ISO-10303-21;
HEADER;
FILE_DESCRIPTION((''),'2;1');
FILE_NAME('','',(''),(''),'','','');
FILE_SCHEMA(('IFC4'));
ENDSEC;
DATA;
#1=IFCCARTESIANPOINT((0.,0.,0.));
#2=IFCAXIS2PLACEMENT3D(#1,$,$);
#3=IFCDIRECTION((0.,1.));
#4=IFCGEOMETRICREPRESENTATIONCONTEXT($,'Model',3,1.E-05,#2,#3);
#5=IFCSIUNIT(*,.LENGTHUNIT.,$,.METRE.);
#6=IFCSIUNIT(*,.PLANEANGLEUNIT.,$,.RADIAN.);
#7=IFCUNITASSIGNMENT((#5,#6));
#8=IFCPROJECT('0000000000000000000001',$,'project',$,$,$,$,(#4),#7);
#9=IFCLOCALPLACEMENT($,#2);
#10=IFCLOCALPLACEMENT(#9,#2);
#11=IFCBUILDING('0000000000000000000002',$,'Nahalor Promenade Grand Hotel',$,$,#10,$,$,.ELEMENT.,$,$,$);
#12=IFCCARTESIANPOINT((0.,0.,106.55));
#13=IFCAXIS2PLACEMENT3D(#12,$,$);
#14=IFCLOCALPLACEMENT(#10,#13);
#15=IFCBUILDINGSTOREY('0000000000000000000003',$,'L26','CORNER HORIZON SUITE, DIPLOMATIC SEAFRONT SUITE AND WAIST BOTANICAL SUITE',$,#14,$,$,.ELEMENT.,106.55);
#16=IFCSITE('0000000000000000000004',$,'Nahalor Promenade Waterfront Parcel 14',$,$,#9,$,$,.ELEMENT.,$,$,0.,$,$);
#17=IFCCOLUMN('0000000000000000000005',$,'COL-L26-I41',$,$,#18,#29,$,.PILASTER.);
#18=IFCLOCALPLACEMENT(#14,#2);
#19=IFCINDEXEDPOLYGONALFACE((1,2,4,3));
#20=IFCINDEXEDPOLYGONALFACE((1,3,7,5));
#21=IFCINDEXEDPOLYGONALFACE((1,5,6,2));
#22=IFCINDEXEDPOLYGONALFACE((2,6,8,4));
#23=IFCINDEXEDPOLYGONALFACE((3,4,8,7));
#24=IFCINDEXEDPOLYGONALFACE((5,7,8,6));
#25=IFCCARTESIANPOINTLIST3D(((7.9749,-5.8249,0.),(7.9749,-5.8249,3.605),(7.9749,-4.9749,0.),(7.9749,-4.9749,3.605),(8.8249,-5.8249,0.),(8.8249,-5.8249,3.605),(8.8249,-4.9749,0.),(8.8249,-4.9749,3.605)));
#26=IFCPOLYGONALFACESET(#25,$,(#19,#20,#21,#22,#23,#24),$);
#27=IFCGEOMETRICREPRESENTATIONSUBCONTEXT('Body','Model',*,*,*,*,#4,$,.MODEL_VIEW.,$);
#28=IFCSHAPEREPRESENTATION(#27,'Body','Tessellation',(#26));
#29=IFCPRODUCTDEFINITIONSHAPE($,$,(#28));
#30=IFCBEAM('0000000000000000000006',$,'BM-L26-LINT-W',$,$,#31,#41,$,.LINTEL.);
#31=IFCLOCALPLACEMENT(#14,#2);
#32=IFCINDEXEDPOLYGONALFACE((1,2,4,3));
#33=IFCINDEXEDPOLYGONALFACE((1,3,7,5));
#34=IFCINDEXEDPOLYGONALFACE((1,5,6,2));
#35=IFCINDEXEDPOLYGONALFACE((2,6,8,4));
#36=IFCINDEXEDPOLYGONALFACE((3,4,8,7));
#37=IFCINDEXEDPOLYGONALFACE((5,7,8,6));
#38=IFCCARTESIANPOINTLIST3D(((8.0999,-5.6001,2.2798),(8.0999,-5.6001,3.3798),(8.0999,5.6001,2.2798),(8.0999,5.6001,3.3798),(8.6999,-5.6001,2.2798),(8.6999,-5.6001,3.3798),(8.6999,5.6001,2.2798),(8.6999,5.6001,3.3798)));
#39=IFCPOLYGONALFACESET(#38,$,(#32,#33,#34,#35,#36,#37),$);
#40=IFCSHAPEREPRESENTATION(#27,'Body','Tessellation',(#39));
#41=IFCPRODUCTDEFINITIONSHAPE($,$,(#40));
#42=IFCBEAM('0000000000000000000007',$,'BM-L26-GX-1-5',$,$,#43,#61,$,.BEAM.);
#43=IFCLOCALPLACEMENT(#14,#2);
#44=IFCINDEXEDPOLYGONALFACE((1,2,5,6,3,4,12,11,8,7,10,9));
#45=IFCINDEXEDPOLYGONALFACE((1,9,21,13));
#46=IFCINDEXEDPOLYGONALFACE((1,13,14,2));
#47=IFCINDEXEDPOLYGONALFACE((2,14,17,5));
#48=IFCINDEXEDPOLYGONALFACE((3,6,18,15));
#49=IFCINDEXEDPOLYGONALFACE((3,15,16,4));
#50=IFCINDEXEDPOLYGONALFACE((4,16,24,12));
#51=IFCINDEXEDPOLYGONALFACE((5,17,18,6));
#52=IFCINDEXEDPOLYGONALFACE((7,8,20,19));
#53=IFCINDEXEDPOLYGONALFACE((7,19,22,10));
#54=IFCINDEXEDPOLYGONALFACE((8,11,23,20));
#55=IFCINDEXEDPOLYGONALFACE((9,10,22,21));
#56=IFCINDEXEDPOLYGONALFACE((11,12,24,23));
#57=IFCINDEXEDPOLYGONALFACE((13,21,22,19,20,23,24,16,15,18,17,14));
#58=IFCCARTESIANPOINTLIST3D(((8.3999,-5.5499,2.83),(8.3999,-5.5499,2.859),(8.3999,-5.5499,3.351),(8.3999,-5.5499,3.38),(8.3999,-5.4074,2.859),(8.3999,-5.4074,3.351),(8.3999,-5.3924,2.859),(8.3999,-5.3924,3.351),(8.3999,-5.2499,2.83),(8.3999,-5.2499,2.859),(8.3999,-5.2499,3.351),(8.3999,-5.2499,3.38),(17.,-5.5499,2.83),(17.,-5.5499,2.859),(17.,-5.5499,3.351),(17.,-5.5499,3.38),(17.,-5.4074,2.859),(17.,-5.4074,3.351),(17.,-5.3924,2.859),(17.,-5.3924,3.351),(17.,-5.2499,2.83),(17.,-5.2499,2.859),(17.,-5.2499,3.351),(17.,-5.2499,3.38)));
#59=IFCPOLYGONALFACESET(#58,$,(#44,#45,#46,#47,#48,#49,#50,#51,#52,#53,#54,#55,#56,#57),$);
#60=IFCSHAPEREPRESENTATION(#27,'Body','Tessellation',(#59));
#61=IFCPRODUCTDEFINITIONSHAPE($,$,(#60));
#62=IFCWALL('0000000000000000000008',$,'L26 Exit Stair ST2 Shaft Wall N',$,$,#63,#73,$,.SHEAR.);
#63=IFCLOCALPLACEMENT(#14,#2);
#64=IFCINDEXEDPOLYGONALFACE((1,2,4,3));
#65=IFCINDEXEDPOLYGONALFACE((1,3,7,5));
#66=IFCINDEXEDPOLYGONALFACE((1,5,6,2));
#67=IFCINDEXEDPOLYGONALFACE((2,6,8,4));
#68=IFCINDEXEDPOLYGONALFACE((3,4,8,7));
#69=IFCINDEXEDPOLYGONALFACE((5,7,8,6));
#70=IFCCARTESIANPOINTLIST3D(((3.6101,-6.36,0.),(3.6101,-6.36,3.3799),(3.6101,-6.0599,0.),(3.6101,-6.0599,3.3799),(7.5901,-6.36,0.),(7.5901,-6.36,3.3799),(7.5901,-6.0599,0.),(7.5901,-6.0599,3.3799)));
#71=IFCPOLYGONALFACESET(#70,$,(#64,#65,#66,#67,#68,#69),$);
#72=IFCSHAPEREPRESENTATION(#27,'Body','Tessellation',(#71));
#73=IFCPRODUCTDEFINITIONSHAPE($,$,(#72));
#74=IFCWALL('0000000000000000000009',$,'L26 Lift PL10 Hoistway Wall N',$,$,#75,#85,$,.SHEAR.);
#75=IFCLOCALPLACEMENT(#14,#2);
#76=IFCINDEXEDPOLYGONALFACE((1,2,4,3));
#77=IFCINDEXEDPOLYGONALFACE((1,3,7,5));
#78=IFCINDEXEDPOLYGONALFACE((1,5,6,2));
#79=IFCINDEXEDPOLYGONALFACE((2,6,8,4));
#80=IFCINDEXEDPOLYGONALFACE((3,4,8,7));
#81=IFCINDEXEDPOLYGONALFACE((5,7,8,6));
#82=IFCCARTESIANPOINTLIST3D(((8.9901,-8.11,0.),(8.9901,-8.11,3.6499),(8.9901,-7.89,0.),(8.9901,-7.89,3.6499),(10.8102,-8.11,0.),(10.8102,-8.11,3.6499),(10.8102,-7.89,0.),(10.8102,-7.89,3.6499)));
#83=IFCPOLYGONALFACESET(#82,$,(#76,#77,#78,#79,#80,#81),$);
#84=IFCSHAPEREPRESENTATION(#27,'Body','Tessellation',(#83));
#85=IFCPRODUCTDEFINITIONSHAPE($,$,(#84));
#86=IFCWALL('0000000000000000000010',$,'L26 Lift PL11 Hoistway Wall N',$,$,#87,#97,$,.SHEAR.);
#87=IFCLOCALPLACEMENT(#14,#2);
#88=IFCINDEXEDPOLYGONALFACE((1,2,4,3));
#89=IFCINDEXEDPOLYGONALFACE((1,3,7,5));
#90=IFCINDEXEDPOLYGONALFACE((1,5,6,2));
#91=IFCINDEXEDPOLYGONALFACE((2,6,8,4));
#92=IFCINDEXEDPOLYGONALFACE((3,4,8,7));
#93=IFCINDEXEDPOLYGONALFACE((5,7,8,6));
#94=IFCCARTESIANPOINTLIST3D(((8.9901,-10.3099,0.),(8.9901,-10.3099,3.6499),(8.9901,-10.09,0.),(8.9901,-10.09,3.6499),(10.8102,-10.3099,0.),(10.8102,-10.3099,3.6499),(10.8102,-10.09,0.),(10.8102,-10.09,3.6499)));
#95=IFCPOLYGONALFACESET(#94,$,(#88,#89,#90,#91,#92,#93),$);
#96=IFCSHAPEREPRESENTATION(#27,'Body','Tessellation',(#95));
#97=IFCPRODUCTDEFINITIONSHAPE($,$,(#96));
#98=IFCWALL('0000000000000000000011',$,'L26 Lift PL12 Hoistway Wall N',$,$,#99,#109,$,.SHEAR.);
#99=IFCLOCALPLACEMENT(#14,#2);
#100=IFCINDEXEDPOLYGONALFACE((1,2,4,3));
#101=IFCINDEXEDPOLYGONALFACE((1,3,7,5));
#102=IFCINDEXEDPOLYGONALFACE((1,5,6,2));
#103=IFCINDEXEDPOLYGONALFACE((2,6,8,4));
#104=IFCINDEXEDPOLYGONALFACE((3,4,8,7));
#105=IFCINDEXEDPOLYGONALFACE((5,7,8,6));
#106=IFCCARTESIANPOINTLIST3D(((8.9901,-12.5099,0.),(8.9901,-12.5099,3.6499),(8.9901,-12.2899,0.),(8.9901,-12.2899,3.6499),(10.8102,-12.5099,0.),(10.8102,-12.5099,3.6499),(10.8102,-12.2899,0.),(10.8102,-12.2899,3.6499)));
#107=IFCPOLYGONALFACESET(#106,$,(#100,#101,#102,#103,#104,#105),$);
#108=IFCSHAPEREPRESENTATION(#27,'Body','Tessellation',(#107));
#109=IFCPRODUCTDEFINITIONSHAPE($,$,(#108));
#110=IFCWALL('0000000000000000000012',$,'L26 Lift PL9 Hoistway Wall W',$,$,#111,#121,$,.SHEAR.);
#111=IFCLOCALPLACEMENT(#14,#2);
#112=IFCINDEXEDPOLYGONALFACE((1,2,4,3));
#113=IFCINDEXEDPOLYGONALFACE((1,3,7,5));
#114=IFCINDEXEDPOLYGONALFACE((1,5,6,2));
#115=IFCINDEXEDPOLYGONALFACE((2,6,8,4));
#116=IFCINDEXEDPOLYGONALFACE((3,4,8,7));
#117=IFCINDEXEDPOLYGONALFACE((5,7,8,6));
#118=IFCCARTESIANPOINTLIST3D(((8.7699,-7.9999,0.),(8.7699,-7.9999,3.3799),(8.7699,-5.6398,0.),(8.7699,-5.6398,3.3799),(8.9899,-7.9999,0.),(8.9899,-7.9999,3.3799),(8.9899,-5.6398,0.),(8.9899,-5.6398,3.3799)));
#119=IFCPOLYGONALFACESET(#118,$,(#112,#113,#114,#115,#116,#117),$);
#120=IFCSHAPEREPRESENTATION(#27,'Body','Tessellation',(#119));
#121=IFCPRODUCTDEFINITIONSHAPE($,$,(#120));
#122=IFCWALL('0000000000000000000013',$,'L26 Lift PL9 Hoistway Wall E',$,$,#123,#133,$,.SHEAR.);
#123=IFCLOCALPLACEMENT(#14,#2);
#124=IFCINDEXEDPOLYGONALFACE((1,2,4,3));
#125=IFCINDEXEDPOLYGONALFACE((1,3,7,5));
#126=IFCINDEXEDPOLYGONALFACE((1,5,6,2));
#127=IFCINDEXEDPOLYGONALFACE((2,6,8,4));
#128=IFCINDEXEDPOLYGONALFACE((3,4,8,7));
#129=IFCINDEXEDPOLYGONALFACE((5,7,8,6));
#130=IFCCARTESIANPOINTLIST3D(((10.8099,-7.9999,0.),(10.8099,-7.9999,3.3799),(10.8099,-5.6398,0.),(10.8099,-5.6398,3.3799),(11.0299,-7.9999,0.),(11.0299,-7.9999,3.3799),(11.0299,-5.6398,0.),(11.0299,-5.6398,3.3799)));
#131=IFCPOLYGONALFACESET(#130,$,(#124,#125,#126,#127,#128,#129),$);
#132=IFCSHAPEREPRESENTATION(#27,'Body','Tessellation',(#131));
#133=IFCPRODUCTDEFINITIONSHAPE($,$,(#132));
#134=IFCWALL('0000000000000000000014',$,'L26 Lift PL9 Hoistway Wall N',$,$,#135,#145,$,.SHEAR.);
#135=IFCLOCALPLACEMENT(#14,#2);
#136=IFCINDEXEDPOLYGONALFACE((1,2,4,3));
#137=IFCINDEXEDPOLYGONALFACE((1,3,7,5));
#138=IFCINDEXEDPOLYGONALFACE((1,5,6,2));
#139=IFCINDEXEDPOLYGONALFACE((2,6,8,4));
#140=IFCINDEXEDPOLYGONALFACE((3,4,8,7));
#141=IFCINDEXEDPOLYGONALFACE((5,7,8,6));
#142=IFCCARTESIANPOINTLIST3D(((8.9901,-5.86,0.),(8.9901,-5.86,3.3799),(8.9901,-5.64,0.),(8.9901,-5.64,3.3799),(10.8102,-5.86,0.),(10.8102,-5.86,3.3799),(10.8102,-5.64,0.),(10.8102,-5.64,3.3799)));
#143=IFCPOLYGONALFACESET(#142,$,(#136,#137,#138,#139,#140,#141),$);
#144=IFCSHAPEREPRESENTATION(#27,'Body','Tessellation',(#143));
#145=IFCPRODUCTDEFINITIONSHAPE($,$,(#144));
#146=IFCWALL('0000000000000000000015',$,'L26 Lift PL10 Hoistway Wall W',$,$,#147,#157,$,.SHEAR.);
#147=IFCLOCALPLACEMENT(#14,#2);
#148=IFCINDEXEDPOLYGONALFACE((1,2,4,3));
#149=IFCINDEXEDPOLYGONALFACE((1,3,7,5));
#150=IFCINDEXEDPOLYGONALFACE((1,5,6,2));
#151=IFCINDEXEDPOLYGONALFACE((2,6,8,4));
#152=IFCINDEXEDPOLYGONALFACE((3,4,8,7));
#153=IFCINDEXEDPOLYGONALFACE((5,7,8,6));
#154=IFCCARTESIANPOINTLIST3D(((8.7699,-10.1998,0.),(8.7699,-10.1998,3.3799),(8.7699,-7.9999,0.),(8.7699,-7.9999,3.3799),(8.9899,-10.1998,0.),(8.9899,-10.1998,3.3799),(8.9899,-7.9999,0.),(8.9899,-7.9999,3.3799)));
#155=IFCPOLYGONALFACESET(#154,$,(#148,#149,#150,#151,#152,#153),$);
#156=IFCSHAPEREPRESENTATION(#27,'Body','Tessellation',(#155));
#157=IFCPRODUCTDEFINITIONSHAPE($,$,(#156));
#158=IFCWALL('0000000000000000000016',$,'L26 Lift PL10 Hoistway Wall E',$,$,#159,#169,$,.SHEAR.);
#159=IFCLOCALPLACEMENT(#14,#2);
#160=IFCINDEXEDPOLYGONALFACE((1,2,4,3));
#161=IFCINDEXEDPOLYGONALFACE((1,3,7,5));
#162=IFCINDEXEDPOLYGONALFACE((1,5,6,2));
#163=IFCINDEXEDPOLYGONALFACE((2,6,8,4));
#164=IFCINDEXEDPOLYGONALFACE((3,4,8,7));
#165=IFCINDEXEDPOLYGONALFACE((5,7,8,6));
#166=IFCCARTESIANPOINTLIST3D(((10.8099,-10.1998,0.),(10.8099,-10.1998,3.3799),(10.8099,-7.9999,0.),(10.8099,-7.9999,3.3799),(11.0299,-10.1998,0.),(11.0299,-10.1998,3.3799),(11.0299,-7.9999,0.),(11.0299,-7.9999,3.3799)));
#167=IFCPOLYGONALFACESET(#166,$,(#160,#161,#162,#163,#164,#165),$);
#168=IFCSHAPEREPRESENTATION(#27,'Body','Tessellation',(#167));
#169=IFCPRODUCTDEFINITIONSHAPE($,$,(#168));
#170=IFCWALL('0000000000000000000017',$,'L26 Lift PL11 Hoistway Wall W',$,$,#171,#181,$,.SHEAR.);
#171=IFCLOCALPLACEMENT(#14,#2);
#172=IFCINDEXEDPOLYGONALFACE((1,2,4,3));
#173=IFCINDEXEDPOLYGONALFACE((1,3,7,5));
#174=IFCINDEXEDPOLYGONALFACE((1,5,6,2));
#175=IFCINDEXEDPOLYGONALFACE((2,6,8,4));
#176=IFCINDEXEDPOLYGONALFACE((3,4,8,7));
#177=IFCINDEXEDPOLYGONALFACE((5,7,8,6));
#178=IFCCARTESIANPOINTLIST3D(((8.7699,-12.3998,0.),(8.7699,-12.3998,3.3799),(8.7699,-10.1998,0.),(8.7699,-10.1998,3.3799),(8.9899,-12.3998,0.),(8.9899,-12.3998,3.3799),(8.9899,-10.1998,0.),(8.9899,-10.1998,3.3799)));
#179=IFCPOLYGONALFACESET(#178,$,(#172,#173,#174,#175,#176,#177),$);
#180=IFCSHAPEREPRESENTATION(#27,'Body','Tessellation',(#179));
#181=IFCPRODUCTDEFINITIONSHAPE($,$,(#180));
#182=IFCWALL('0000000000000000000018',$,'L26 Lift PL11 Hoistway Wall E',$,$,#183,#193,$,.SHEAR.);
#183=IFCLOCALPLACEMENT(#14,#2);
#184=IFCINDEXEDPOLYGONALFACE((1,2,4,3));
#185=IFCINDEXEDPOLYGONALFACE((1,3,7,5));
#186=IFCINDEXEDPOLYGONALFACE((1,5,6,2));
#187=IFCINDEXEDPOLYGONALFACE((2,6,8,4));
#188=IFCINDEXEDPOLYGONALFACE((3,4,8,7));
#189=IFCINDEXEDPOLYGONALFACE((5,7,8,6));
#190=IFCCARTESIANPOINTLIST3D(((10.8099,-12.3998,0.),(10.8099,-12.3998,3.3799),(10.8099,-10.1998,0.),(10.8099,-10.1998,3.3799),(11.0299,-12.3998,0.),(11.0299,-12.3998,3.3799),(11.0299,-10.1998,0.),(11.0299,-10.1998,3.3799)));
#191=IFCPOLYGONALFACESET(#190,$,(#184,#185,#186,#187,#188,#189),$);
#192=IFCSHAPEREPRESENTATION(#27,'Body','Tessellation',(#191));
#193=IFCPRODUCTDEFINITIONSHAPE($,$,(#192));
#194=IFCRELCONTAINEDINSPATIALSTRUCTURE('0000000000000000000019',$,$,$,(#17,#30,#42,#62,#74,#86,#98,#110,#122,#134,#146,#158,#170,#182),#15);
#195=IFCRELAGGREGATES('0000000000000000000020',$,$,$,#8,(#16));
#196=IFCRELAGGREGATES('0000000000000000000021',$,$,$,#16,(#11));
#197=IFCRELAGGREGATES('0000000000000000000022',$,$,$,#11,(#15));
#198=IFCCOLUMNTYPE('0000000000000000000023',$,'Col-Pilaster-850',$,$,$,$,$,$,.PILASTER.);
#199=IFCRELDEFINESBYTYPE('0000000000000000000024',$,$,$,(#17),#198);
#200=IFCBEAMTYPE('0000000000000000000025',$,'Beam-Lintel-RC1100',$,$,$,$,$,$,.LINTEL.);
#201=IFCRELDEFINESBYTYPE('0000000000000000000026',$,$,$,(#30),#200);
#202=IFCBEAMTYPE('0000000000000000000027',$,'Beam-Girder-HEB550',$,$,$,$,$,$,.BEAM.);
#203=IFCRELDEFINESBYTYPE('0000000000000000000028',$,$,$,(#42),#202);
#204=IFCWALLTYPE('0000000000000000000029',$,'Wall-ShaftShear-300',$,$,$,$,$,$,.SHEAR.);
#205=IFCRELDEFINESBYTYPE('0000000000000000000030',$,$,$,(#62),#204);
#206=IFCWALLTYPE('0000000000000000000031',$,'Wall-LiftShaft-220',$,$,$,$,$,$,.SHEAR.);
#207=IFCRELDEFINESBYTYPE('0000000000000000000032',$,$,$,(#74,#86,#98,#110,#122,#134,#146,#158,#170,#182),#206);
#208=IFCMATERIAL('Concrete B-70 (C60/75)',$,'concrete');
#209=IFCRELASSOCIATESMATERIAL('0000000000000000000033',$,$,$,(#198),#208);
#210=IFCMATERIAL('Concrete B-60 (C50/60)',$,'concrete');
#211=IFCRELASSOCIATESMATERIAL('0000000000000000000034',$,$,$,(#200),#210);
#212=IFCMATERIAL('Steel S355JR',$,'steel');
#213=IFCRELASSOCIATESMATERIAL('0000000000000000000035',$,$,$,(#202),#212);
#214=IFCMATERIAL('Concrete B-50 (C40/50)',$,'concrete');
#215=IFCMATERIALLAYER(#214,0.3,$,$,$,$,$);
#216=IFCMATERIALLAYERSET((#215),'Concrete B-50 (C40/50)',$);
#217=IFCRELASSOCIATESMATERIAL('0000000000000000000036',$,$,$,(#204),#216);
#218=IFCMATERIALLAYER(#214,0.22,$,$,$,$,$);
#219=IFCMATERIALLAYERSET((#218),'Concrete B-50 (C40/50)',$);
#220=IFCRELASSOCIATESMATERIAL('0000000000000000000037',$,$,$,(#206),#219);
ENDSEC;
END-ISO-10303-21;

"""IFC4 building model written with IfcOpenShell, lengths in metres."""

from ifc_helpers import new_model, si_unit, direction, frame, frame_2d, origin, origin_2d, place, context, subcontext, project, spatial, rectangle, i_section, extrude, source, transform, mapped, material, layer, layer_set, material_profile, profile_set, type_object, element, save


model = new_model("IFC4")

# Units and contexts
model_context = context("Model", 3, precision=1e-05, world=origin(), true_north=direction((0.0, 1.0)))
body_context = subcontext(model_context, "Body", "Model", "MODEL_VIEW")
ifc_project = project(units=[si_unit("LENGTHUNIT", "METRE"), si_unit("PLANEANGLEUNIT", "RADIAN")], contexts=[model_context])

# Site, building, storey
site_placement = place(None, origin())
site = spatial("IfcSite", under=ifc_project, at=site_placement, Name="Nahalor Promenade Waterfront Parcel 14", CompositionType="ELEMENT", RefElevation=0.0)
building_placement = place(site_placement, origin())
building = spatial("IfcBuilding", under=site, at=building_placement, Name="Nahalor Promenade Grand Hotel", CompositionType="ELEMENT")
storey_placement = place(building_placement, frame((0.0, 0.0, 106.55)))
storey = spatial("IfcBuildingStorey", under=building, at=storey_placement, Name="L26", Description="CORNER HORIZON SUITE, DIPLOMATIC SEAFRONT SUITE AND WAIST BOTANICAL SUITE", CompositionType="ELEMENT", Elevation=106.55)

# Column
ifc_material_1 = material(Name="Concrete B-70 (C60/75)", Category="concrete")
ifc_material_profile_1 = material_profile(ifc_material_1, rectangle(XDim=0.85, YDim=0.85, at=origin_2d()), Name="RC 850x850")
ifc_profile_set_1 = profile_set([ifc_material_profile_1], Name="Concrete B-70 (C60/75)")
column_type = type_object("IfcColumnType", Name="Col-Pilaster-850", PredefinedType="PILASTER", material=ifc_profile_set_1)
shared_shape_1 = source(origin(), body_context, "Body", "SweptSolid", [
    extrude(rectangle(XDim=0.85, YDim=0.85, at=origin_2d()), origin(), (0.0, 0.0, 1.0), 3.605),
])
column_placement = place(storey_placement, frame((8.3999, -5.3999, 0.0), z_axis=(0.0, 0.0, 1.0), x_axis=(1.0, 0.0, 0.0)))
element("IfcColumn", 1, at=column_placement, inside=storey, type_object=column_type, Name="COL-L26-I41", PredefinedType="PILASTER", context=body_context, shape_type="MappedRepresentation", body=[
    mapped(shared_shape_1, transform((0.0, 0.0, 0.0), scale=1.0)),
])

# Beams
ifc_material_2 = material(Name="Concrete B-60 (C50/60)", Category="concrete")
ifc_material_profile_2 = material_profile(ifc_material_2, rectangle(XDim=0.6, YDim=1.1, at=origin_2d()), Name="RC 600x1100")
ifc_profile_set_2 = profile_set([ifc_material_profile_2], Name="Concrete B-60 (C50/60)")
beam_type_1 = type_object("IfcBeamType", Name="Beam-Lintel-RC1100", PredefinedType="LINTEL", material=ifc_profile_set_2)
shared_shape_2 = source(origin(), body_context, "Body", "SweptSolid", [
    extrude(rectangle(XDim=0.6, YDim=1.1, at=origin_2d()), origin(), (0.0, 0.0, 1.0), 11.2002),
])
beam_1_placement = place(storey_placement, frame((8.3999, -5.6001, 2.8298), z_axis=(0.0, 1.0, 0.0), x_axis=(-1.0, 0.0, 0.0)))
element("IfcBeam", 2, at=beam_1_placement, inside=storey, type_object=beam_type_1, Name="BM-L26-LINT-W", PredefinedType="LINTEL", context=body_context, shape_type="MappedRepresentation", body=[
    mapped(shared_shape_2, transform((0.0, 0.0, 0.0), scale=1.0)),
])
ifc_material_3 = material(Name="Steel S355JR", Category="steel")
ifc_material_profile_3 = material_profile(ifc_material_3, i_section(OverallWidth=0.3, OverallDepth=0.55, WebThickness=0.015, FlangeThickness=0.029, at=origin_2d()), Name="HEB 550")
ifc_profile_set_3 = profile_set([ifc_material_profile_3], Name="Steel S355JR")
beam_type_2 = type_object("IfcBeamType", Name="Beam-Girder-HEB550", PredefinedType="BEAM", material=ifc_profile_set_3)
shared_shape_3 = source(origin(), body_context, "Body", "SweptSolid", [
    extrude(i_section(OverallWidth=0.3, OverallDepth=0.55, WebThickness=0.015, FlangeThickness=0.029, at=origin_2d()), origin(), (0.0, 0.0, 1.0), 8.6001),
])
beam_2_placement = place(storey_placement, frame((8.3999, -5.3999, 3.105), z_axis=(1.0, 0.0, 0.0), x_axis=(0.0, 1.0, 0.0)))
element("IfcBeam", 3, at=beam_2_placement, inside=storey, type_object=beam_type_2, Name="BM-L26-GX-1-5", PredefinedType="BEAM", context=body_context, shape_type="MappedRepresentation", body=[
    mapped(shared_shape_3, transform((0.0, 0.0, 0.0), scale=1.0)),
])

# Walls
ifc_material_4 = material(Name="Concrete B-50 (C40/50)", Category="concrete")
ifc_layer_1 = layer(ifc_material_4, 0.3)
ifc_layer_set_1 = layer_set([ifc_layer_1], Name="Concrete B-50 (C40/50)")
wall_type_1 = type_object("IfcWallType", Name="Wall-ShaftShear-300", PredefinedType="SHEAR", material=ifc_layer_set_1)
shared_shape_4 = source(origin(), body_context, "Body", "SweptSolid", [
    extrude(rectangle(XDim=3.98, YDim=0.3, at=frame_2d((1.99, 0.0))), origin(), (0.0, 0.0, 1.0), 3.3799),
])
wall_1_placement = place(storey_placement, frame((3.6101, -6.21, 0.0), z_axis=(0.0, 0.0, 1.0), x_axis=(1.0, 0.0, 0.0)))
element("IfcWall", 4, at=wall_1_placement, inside=storey, type_object=wall_type_1, Name="L26 Exit Stair ST2 Shaft Wall N", PredefinedType="SHEAR", context=body_context, shape_type="MappedRepresentation", body=[
    mapped(shared_shape_4, transform((0.0, 0.0, 0.0), scale=1.0)),
])
ifc_layer_2 = layer(ifc_material_4, 0.22)
ifc_layer_set_2 = layer_set([ifc_layer_2], Name="Concrete B-50 (C40/50)")
wall_type_2 = type_object("IfcWallType", Name="Wall-LiftShaft-220", PredefinedType="SHEAR", material=ifc_layer_set_2)
shared_shape_5 = source(origin(), body_context, "Body", "SweptSolid", [
    extrude(rectangle(XDim=1.8201, YDim=0.22, at=frame_2d((0.9102, 0.0))), origin(), (0.0, 0.0, 1.0), 3.6499),
])
for number, where, z_axis, x_axis, name in (
    (5, (8.99, -8.0, 0.0), (0.0, 0.0, 1.0), (1.0, 0.0, 0.0), "L26 Lift PL10 Hoistway Wall N"),
    (6, (8.99, -10.2, 0.0), (0.0, 0.0, 1.0), (1.0, 0.0, 0.0), "L26 Lift PL11 Hoistway Wall N"),
    (7, (8.99, -12.3999, 0.0), (0.0, 0.0, 1.0), (1.0, 0.0, 0.0), "L26 Lift PL12 Hoistway Wall N"),
):
    element("IfcWall", number, at=place(storey_placement, frame(where, z_axis=z_axis, x_axis=x_axis)), inside=storey, type_object=wall_type_2, Name=name, PredefinedType="SHEAR", context=body_context, shape_type="MappedRepresentation", body=[
        mapped(shared_shape_5, transform((0.0, 0.0, 0.0), scale=1.0)),
    ])
shared_shape_6 = source(origin(), body_context, "Body", "SweptSolid", [
    extrude(rectangle(XDim=2.3601, YDim=0.22, at=frame_2d((1.1802, 0.0))), origin(), (0.0, 0.0, 1.0), 3.3799),
])
for number, where, z_axis, x_axis, name in (
    (8, (8.8799, -8.0, 0.0), (0.0, 0.0, 1.0), (0.0, 1.0, 0.0), "L26 Lift PL9 Hoistway Wall W"),
    (9, (10.9199, -8.0, 0.0), (0.0, 0.0, 1.0), (0.0, 1.0, 0.0), "L26 Lift PL9 Hoistway Wall E"),
):
    element("IfcWall", number, at=place(storey_placement, frame(where, z_axis=z_axis, x_axis=x_axis)), inside=storey, type_object=wall_type_2, Name=name, PredefinedType="SHEAR", context=body_context, shape_type="MappedRepresentation", body=[
        mapped(shared_shape_6, transform((0.0, 0.0, 0.0), scale=1.0)),
    ])
shared_shape_7 = source(origin(), body_context, "Body", "SweptSolid", [
    extrude(rectangle(XDim=1.8201, YDim=0.22, at=frame_2d((0.9102, 0.0))), origin(), (0.0, 0.0, 1.0), 3.3799),
])
wall_2_placement = place(storey_placement, frame((8.99, -5.75, 0.0), z_axis=(0.0, 0.0, 1.0), x_axis=(1.0, 0.0, 0.0)))
element("IfcWall", 10, at=wall_2_placement, inside=storey, type_object=wall_type_2, Name="L26 Lift PL9 Hoistway Wall N", PredefinedType="SHEAR", context=body_context, shape_type="MappedRepresentation", body=[
    mapped(shared_shape_7, transform((0.0, 0.0, 0.0), scale=1.0)),
])
shared_shape_8 = source(origin(), body_context, "Body", "SweptSolid", [
    extrude(rectangle(XDim=2.2, YDim=0.22, at=frame_2d((1.1001, 0.0))), origin(), (0.0, 0.0, 1.0), 3.3799),
])
for number, where, z_axis, x_axis, name in (
    (11, (8.8799, -10.2, 0.0), (0.0, 0.0, 1.0), (0.0, 1.0, 0.0), "L26 Lift PL10 Hoistway Wall W"),
    (12, (10.9199, -10.2, 0.0), (0.0, 0.0, 1.0), (0.0, 1.0, 0.0), "L26 Lift PL10 Hoistway Wall E"),
    (13, (8.8799, -12.3999, 0.0), (0.0, 0.0, 1.0), (0.0, 1.0, 0.0), "L26 Lift PL11 Hoistway Wall W"),
    (14, (10.9199, -12.3999, 0.0), (0.0, 0.0, 1.0), (0.0, 1.0, 0.0), "L26 Lift PL11 Hoistway Wall E"),
):
    element("IfcWall", number, at=place(storey_placement, frame(where, z_axis=z_axis, x_axis=x_axis)), inside=storey, type_object=wall_type_2, Name=name, PredefinedType="SHEAR", context=body_context, shape_type="MappedRepresentation", body=[
        mapped(shared_shape_8, transform((0.0, 0.0, 0.0), scale=1.0)),
    ])

save(model, "model.ifc")
